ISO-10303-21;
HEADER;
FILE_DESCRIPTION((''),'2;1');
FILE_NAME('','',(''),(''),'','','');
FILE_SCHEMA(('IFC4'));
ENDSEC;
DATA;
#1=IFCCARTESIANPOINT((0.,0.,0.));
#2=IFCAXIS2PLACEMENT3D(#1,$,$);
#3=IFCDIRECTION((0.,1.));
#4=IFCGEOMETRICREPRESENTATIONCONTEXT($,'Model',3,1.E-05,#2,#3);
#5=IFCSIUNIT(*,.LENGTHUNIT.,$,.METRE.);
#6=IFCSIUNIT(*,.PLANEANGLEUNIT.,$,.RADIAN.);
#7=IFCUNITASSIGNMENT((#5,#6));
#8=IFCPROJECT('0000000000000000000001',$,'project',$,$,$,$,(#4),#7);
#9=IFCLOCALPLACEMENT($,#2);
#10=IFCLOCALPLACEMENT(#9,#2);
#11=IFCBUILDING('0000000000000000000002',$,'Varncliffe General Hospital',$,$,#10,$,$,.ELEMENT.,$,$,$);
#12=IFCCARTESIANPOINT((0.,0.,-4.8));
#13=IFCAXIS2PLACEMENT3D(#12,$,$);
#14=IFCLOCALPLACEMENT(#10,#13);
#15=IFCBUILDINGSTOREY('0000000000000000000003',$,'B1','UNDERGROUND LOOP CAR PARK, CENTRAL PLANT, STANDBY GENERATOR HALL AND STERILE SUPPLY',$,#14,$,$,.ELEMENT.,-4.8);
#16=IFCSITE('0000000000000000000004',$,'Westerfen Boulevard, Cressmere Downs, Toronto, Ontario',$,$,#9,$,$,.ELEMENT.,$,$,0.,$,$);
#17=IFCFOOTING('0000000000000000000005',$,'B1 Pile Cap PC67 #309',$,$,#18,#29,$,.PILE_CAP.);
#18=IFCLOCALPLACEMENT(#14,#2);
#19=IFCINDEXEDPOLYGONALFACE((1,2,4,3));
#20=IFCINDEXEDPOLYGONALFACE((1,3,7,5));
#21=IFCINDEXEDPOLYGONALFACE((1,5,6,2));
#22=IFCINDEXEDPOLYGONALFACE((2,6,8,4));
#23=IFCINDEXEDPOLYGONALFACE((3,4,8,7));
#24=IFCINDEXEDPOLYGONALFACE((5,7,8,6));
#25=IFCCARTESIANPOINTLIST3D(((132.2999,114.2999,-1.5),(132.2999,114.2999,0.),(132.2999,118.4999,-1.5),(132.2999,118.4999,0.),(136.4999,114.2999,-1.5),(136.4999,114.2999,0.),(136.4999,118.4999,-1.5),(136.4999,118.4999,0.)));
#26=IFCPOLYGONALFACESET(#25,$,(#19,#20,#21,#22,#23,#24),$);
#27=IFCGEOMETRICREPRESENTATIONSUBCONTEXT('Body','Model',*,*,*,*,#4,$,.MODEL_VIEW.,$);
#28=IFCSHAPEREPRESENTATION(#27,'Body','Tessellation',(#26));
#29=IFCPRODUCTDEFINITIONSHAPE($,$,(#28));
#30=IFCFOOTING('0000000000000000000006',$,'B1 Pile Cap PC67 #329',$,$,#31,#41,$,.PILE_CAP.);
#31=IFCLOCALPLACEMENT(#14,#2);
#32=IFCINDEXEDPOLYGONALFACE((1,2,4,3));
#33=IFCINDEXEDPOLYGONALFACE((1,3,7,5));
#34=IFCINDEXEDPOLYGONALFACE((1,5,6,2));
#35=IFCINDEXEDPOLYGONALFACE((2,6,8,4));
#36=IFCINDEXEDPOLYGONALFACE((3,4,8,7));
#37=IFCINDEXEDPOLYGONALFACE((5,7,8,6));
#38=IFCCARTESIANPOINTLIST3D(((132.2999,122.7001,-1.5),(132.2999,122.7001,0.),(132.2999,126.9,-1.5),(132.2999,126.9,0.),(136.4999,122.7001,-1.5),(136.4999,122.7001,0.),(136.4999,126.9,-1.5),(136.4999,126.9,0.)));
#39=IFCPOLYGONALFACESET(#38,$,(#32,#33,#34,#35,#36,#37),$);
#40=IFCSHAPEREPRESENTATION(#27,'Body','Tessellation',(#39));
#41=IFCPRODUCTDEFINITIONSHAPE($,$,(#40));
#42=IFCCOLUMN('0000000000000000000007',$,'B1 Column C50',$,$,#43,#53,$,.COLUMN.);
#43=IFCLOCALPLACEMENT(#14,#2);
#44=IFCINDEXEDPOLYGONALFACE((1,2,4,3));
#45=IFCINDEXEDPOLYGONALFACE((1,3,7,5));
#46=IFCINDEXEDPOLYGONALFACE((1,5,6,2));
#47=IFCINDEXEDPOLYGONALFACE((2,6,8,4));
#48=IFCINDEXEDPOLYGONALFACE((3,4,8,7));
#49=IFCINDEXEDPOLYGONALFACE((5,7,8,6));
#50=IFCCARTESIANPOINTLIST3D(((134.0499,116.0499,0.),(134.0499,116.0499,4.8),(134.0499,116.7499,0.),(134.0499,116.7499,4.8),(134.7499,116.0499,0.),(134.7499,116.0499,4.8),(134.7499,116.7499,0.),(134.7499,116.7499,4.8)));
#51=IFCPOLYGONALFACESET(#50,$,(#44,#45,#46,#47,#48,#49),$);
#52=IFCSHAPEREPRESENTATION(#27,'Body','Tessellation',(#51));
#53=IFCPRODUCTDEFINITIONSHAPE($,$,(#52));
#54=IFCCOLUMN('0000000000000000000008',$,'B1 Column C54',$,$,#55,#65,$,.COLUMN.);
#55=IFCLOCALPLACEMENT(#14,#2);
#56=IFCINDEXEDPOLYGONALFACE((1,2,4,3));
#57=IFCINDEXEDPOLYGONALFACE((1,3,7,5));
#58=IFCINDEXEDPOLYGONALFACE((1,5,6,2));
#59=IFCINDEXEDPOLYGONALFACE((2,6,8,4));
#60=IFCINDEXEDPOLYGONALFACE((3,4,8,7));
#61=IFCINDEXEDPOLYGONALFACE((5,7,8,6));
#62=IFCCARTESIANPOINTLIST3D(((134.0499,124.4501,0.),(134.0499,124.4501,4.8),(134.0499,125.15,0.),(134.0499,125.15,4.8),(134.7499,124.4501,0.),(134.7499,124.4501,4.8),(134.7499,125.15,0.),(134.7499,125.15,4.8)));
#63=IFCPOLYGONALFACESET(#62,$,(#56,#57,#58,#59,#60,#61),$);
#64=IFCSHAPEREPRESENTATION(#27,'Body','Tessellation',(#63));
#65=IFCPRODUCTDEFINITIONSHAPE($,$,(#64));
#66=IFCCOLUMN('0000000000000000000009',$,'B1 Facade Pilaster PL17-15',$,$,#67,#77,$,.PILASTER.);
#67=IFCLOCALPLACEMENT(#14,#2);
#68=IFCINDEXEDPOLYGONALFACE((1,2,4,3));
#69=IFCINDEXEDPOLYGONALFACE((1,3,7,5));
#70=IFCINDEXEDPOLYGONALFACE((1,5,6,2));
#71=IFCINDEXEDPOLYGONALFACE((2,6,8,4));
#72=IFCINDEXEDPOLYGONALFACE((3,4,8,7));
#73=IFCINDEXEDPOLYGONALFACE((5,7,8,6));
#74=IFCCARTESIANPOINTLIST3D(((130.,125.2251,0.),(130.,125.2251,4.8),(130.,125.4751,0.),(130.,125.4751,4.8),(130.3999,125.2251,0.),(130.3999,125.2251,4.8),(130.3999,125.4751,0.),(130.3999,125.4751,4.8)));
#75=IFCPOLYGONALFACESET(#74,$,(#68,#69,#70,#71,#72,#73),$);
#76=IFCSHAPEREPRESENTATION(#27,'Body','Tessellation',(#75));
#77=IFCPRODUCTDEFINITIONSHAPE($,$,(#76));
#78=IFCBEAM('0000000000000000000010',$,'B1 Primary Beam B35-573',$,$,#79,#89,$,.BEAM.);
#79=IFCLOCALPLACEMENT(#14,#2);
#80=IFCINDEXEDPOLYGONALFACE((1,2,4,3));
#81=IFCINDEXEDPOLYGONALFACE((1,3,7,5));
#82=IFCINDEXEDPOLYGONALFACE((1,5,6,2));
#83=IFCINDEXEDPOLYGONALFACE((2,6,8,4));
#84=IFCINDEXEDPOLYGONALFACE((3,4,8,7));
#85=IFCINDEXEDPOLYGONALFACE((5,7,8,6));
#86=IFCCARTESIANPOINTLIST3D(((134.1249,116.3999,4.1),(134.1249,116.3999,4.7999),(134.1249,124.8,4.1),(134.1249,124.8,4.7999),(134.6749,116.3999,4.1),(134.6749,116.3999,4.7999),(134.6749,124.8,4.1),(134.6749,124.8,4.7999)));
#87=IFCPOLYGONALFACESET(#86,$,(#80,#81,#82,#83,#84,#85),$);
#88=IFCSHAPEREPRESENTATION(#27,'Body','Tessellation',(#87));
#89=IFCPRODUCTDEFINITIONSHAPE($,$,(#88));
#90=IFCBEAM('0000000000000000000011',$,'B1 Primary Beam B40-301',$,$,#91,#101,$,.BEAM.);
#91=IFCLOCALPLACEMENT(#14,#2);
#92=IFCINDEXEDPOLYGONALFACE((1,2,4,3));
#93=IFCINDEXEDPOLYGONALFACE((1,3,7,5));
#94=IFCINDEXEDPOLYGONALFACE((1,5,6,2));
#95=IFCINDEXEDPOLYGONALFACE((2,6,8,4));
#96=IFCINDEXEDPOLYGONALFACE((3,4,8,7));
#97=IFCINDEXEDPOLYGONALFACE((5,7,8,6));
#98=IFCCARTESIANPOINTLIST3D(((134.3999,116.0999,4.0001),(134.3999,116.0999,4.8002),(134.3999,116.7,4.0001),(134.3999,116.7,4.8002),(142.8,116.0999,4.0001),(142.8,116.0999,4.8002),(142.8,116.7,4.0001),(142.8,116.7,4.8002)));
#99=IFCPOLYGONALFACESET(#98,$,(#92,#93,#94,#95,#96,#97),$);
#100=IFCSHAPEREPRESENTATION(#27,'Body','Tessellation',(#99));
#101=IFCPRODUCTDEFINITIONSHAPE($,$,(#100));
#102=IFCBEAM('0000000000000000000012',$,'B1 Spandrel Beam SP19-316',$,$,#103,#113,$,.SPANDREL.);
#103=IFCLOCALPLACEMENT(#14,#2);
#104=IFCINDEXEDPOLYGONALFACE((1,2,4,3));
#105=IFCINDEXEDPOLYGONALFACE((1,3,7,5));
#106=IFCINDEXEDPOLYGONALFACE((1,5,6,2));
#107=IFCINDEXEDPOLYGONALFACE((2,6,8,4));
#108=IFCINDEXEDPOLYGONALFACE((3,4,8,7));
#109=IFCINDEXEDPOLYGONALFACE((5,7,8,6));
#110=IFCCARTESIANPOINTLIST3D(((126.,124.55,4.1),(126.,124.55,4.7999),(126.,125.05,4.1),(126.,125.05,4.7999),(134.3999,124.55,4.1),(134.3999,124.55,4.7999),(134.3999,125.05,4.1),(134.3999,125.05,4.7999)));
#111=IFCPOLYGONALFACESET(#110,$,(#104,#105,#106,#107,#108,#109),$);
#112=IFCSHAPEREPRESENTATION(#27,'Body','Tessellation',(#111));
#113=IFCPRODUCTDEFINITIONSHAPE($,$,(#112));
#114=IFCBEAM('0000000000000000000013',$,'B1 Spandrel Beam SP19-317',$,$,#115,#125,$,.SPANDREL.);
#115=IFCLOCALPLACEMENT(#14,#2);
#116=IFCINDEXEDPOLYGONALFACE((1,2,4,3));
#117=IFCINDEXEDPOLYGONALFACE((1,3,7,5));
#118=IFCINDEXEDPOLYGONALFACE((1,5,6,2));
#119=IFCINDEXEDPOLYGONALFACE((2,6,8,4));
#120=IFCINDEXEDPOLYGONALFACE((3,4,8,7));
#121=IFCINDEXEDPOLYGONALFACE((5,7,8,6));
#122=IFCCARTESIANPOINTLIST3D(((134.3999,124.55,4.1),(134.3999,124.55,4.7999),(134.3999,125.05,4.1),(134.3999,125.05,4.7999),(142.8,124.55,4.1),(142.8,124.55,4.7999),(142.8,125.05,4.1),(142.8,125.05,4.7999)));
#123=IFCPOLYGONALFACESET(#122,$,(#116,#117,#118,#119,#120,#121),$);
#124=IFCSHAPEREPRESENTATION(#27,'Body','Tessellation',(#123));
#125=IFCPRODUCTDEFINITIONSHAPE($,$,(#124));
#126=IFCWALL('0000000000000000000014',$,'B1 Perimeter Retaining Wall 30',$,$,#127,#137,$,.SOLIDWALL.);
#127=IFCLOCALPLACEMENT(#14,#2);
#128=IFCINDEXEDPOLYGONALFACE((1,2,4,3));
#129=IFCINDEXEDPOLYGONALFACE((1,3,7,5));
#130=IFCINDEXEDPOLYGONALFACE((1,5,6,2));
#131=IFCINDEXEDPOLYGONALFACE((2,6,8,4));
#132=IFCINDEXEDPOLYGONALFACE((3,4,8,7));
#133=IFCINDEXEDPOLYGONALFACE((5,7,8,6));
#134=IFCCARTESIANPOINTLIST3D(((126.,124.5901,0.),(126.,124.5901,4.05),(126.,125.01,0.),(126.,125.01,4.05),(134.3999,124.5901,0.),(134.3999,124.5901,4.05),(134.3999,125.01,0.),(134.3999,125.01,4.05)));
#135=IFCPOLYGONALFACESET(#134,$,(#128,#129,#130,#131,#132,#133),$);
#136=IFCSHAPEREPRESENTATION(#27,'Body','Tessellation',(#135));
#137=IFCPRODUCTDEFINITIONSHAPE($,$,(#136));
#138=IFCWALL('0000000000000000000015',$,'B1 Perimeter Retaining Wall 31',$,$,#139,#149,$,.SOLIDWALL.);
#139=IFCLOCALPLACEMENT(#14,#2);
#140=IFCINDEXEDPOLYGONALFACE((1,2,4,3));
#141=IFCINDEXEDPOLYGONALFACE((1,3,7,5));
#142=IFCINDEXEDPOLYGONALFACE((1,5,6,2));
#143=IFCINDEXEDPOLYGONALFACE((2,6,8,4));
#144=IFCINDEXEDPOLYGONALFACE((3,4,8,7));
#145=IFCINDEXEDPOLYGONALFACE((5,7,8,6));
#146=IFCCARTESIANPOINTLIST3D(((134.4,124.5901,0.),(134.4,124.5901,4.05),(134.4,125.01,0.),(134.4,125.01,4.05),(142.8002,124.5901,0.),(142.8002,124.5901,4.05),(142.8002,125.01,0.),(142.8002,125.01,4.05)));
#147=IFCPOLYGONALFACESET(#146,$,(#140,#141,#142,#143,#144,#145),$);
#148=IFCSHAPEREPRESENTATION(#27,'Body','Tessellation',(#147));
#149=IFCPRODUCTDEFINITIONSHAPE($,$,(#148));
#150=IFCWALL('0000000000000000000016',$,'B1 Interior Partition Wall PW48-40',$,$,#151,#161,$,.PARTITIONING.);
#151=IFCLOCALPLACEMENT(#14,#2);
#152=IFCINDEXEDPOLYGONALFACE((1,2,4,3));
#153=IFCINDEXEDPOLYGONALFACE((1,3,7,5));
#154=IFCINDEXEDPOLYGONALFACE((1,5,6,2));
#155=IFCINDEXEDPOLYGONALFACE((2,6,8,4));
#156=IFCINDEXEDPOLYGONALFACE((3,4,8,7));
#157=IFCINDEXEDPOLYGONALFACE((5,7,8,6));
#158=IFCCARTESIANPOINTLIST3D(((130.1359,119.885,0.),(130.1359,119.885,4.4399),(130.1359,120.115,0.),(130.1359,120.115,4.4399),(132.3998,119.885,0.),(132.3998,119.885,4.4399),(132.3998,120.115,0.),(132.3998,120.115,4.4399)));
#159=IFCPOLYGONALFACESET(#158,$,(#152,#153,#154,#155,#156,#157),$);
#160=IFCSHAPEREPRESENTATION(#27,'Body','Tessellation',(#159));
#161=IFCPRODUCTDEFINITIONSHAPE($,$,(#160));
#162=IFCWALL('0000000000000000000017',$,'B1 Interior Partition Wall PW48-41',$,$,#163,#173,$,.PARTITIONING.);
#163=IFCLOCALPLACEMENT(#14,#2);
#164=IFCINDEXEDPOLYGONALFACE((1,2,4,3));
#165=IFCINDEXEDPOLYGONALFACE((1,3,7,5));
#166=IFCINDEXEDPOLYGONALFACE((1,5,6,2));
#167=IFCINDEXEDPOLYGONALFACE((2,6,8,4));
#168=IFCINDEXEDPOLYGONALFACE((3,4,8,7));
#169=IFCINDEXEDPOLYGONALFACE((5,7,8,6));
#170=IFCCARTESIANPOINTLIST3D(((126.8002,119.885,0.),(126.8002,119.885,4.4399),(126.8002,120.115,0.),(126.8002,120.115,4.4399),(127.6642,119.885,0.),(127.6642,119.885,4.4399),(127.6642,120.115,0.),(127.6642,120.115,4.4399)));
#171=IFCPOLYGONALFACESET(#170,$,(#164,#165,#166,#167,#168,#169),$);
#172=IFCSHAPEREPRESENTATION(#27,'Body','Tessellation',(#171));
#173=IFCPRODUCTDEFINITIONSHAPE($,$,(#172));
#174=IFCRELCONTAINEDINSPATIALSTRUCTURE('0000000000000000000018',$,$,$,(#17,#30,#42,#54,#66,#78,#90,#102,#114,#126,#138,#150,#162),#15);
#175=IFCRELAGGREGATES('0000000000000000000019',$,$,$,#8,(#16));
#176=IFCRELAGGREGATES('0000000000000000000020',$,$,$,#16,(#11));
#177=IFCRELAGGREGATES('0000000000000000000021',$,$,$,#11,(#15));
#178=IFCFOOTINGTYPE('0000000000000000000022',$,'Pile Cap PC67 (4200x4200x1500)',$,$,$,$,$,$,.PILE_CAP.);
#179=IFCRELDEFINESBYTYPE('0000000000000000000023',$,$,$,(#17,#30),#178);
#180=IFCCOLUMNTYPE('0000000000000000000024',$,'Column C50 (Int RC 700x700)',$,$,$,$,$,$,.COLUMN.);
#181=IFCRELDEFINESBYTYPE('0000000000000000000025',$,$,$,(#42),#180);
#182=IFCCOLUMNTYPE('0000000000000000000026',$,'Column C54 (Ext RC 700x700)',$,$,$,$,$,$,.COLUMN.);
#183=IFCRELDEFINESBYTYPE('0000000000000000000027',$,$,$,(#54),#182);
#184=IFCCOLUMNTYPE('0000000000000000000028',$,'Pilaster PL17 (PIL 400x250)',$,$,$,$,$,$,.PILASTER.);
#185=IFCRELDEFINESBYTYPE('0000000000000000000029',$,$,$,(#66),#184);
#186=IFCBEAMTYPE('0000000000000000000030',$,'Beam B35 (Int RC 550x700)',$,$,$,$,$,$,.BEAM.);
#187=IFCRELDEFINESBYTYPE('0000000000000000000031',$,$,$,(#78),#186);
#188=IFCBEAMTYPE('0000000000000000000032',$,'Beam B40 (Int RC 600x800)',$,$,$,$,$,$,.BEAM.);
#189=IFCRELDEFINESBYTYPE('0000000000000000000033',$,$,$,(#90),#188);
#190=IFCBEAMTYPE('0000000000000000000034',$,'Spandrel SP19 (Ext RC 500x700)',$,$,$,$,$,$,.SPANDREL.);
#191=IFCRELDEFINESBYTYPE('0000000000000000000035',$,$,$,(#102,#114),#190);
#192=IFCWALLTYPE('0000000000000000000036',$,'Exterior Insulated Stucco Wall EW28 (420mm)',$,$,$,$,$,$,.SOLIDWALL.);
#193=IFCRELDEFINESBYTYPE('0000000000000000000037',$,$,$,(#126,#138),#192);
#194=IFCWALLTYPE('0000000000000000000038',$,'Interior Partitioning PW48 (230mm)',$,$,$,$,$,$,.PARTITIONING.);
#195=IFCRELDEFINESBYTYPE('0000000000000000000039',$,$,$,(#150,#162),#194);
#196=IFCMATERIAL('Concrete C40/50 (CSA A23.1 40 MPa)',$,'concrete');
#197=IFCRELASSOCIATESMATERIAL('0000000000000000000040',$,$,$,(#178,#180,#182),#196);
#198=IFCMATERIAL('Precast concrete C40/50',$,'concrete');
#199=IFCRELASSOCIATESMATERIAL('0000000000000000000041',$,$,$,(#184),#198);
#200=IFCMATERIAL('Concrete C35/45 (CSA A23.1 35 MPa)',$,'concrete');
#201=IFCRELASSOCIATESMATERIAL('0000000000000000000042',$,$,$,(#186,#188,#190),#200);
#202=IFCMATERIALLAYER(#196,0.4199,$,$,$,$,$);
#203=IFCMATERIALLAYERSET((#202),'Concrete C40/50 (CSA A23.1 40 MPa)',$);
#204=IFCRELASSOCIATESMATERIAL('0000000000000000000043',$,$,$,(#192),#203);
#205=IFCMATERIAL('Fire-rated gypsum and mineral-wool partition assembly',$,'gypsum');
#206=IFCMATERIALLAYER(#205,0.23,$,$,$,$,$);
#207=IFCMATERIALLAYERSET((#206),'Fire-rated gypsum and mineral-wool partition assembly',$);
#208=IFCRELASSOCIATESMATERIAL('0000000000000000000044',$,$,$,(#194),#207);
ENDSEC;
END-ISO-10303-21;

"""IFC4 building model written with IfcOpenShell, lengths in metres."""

from ifc_helpers import new_model, si_unit, direction, frame, frame_2d, origin, origin_2d, place, context, subcontext, project, spatial, rectangle, extrude, material, layer, layer_set, material_profile, profile_set, type_object, element, save


model = new_model("IFC4")

# Units and contexts
model_context = context("Model", 3, precision=1e-05, world=origin(), true_north=direction((0.0, 1.0)))
body_context = subcontext(model_context, "Body", "Model", "MODEL_VIEW")
ifc_project = project(units=[si_unit("LENGTHUNIT", "METRE"), si_unit("PLANEANGLEUNIT", "RADIAN")], contexts=[model_context])

# Site, building, storey
site_placement = place(None, origin())
site = spatial("IfcSite", under=ifc_project, at=site_placement, Name="Westerfen Boulevard, Cressmere Downs, Toronto, Ontario", CompositionType="ELEMENT", RefElevation=0.0)
building_placement = place(site_placement, origin())
building = spatial("IfcBuilding", under=site, at=building_placement, Name="Varncliffe General Hospital", CompositionType="ELEMENT")
storey_placement = place(building_placement, frame((0.0, 0.0, -4.8)))
storey = spatial("IfcBuildingStorey", under=building, at=storey_placement, Name="B1", Description="UNDERGROUND LOOP CAR PARK, CENTRAL PLANT, STANDBY GENERATOR HALL AND STERILE SUPPLY", CompositionType="ELEMENT", Elevation=-4.8)

# Shared definitions
ifc_material_1 = material(Name="Concrete C40/50 (CSA A23.1 40 MPa)", Category="concrete")

# Footings
footing_type_1 = type_object("IfcFootingType", Name="Pile Cap PC67 (4200x4200x1500)", PredefinedType="PILE_CAP", material=ifc_material_1)
for number, where, z_axis, x_axis, name in (
    (1, (134.3999, 116.3999, -1.5), (0.0, 0.0, 1.0), (1.0, 0.0, 0.0), "B1 Pile Cap PC67 #309"),
    (2, (134.3999, 124.8, -1.5), (0.0, 0.0, 1.0), (1.0, 0.0, 0.0), "B1 Pile Cap PC67 #329"),
):
    element("IfcFooting", number, at=place(storey_placement, frame(where, z_axis=z_axis, x_axis=x_axis)), inside=storey, type_object=footing_type_1, Name=name, PredefinedType="PILE_CAP", context=body_context, shape_type="SweptSolid", body=[
        extrude(rectangle(XDim=4.2, YDim=4.2, at=origin_2d()), origin(), (0.0, 0.0, 1.0), 1.5),
    ])

# Columns
ifc_material_profile_1 = material_profile(ifc_material_1, rectangle(XDim=0.7, YDim=0.7, at=origin_2d()), Name="RC 700x700")
ifc_profile_set_1 = profile_set([ifc_material_profile_1], Name="Concrete C40/50 (CSA A23.1 40 MPa)")
column_type_1 = type_object("IfcColumnType", Name="Column C50 (Int RC 700x700)", PredefinedType="COLUMN", material=ifc_profile_set_1)
column_1_placement = place(storey_placement, frame((134.3999, 116.3999, 0.0), z_axis=(0.0, 0.0, 1.0), x_axis=(1.0, 0.0, 0.0)))
element("IfcColumn", 3, at=column_1_placement, inside=storey, type_object=column_type_1, Name="B1 Column C50", PredefinedType="COLUMN", context=body_context, shape_type="SweptSolid", body=[
    extrude(rectangle(XDim=0.7, YDim=0.7, at=origin_2d()), origin(), (0.0, 0.0, 1.0), 4.8),
])
ifc_material_profile_2 = material_profile(ifc_material_1, rectangle(XDim=0.7, YDim=0.7, at=origin_2d()), Name="RC 700x700")
ifc_profile_set_2 = profile_set([ifc_material_profile_2], Name="Concrete C40/50 (CSA A23.1 40 MPa)")
column_type_2 = type_object("IfcColumnType", Name="Column C54 (Ext RC 700x700)", PredefinedType="COLUMN", material=ifc_profile_set_2)
column_2_placement = place(storey_placement, frame((134.3999, 124.8, 0.0), z_axis=(0.0, 0.0, 1.0), x_axis=(1.0, 0.0, 0.0)))
element("IfcColumn", 4, at=column_2_placement, inside=storey, type_object=column_type_2, Name="B1 Column C54", PredefinedType="COLUMN", context=body_context, shape_type="SweptSolid", body=[
    extrude(rectangle(XDim=0.7, YDim=0.7, at=origin_2d()), origin(), (0.0, 0.0, 1.0), 4.8),
])
ifc_material_2 = material(Name="Precast concrete C40/50", Category="concrete")
ifc_material_profile_3 = material_profile(ifc_material_2, rectangle(XDim=0.3999, YDim=0.25, at=origin_2d()), Name="PIL 400x250")
ifc_profile_set_3 = profile_set([ifc_material_profile_3], Name="Precast concrete C40/50")
column_type_3 = type_object("IfcColumnType", Name="Pilaster PL17 (PIL 400x250)", PredefinedType="PILASTER", material=ifc_profile_set_3)
column_3_placement = place(storey_placement, frame((130.2, 125.3501, 0.0), z_axis=(0.0, 0.0, 1.0), x_axis=(1.0, 0.0, 0.0)))
element("IfcColumn", 5, at=column_3_placement, inside=storey, type_object=column_type_3, Name="B1 Facade Pilaster PL17-15", PredefinedType="PILASTER", context=body_context, shape_type="SweptSolid", body=[
    extrude(rectangle(XDim=0.3999, YDim=0.25, at=origin_2d()), origin(), (0.0, 0.0, 1.0), 4.8),
])

# Beams
ifc_material_3 = material(Name="Concrete C35/45 (CSA A23.1 35 MPa)", Category="concrete")
ifc_material_profile_4 = material_profile(ifc_material_3, rectangle(XDim=0.55, YDim=0.7, at=origin_2d()), Name="RC 550x700")
ifc_profile_set_4 = profile_set([ifc_material_profile_4], Name="Concrete C35/45 (CSA A23.1 35 MPa)")
beam_type_1 = type_object("IfcBeamType", Name="Beam B35 (Int RC 550x700)", PredefinedType="BEAM", material=ifc_profile_set_4)
beam_1_placement = place(storey_placement, frame((134.3999, 116.3999, 4.45), z_axis=(0.0, 1.0, 0.0), x_axis=(-1.0, 0.0, 0.0)))
element("IfcBeam", 6, at=beam_1_placement, inside=storey, type_object=beam_type_1, Name="B1 Primary Beam B35-573", PredefinedType="BEAM", context=body_context, shape_type="SweptSolid", body=[
    extrude(rectangle(XDim=0.55, YDim=0.7, at=origin_2d()), origin(), (0.0, 0.0, 1.0), 8.4001),
])
ifc_material_profile_5 = material_profile(ifc_material_3, rectangle(XDim=0.6001, YDim=0.8, at=origin_2d()), Name="RC 600x800")
ifc_profile_set_5 = profile_set([ifc_material_profile_5], Name="Concrete C35/45 (CSA A23.1 35 MPa)")
beam_type_2 = type_object("IfcBeamType", Name="Beam B40 (Int RC 600x800)", PredefinedType="BEAM", material=ifc_profile_set_5)
beam_2_placement = place(storey_placement, frame((134.3999, 116.3999, 4.4001), z_axis=(1.0, 0.0, 0.0), x_axis=(0.0, 1.0, 0.0)))
element("IfcBeam", 7, at=beam_2_placement, inside=storey, type_object=beam_type_2, Name="B1 Primary Beam B40-301", PredefinedType="BEAM", context=body_context, shape_type="SweptSolid", body=[
    extrude(rectangle(XDim=0.6001, YDim=0.8, at=origin_2d()), origin(), (0.0, 0.0, 1.0), 8.4001),
])
ifc_material_profile_6 = material_profile(ifc_material_3, rectangle(XDim=0.5, YDim=0.7, at=origin_2d()), Name="RC 500x700")
ifc_profile_set_6 = profile_set([ifc_material_profile_6], Name="Concrete C35/45 (CSA A23.1 35 MPa)")
beam_type_3 = type_object("IfcBeamType", Name="Spandrel SP19 (Ext RC 500x700)", PredefinedType="SPANDREL", material=ifc_profile_set_6)
beam_3_placement = place(storey_placement, frame((126.0, 124.8, 4.45), z_axis=(1.0, 0.0, 0.0), x_axis=(0.0, 1.0, 0.0)))
element("IfcBeam", 8, at=beam_3_placement, inside=storey, type_object=beam_type_3, Name="B1 Spandrel Beam SP19-316", PredefinedType="SPANDREL", context=body_context, shape_type="SweptSolid", body=[
    extrude(rectangle(XDim=0.5, YDim=0.7, at=origin_2d()), origin(), (0.0, 0.0, 1.0), 8.3999),
])
beam_4_placement = place(storey_placement, frame((134.3999, 124.8, 4.45), z_axis=(1.0, 0.0, 0.0), x_axis=(0.0, 1.0, 0.0)))
element("IfcBeam", 9, at=beam_4_placement, inside=storey, type_object=beam_type_3, Name="B1 Spandrel Beam SP19-317", PredefinedType="SPANDREL", context=body_context, shape_type="SweptSolid", body=[
    extrude(rectangle(XDim=0.5, YDim=0.7, at=origin_2d()), origin(), (0.0, 0.0, 1.0), 8.4001),
])

# Walls
ifc_layer_1 = layer(ifc_material_1, 0.4199)
ifc_layer_set_1 = layer_set([ifc_layer_1], Name="Concrete C40/50 (CSA A23.1 40 MPa)")
wall_type_1 = type_object("IfcWallType", Name="Exterior Insulated Stucco Wall EW28 (420mm)", PredefinedType="SOLIDWALL", material=ifc_layer_set_1)
wall_1_placement = place(storey_placement, frame((126.0, 124.8, 0.0), z_axis=(0.0, 0.0, 1.0), x_axis=(1.0, 0.0, 0.0)))
element("IfcWall", 10, at=wall_1_placement, inside=storey, type_object=wall_type_1, Name="B1 Perimeter Retaining Wall 30", PredefinedType="SOLIDWALL", context=body_context, shape_type="SweptSolid", body=[
    extrude(rectangle(XDim=8.3999, YDim=0.4199, at=frame_2d((4.2, 0.0))), origin(), (0.0, 0.0, 1.0), 4.05),
])
wall_2_placement = place(storey_placement, frame((134.3999, 124.8, 0.0), z_axis=(0.0, 0.0, 1.0), x_axis=(1.0, 0.0, 0.0)))
element("IfcWall", 11, at=wall_2_placement, inside=storey, type_object=wall_type_1, Name="B1 Perimeter Retaining Wall 31", PredefinedType="SOLIDWALL", context=body_context, shape_type="SweptSolid", body=[
    extrude(rectangle(XDim=8.4001, YDim=0.4199, at=frame_2d((4.2002, 0.0))), origin(), (0.0, 0.0, 1.0), 4.05),
])
ifc_material_4 = material(Name="Fire-rated gypsum and mineral-wool partition assembly", Category="gypsum")
ifc_layer_2 = layer(ifc_material_4, 0.23)
ifc_layer_set_2 = layer_set([ifc_layer_2], Name="Fire-rated gypsum and mineral-wool partition assembly")
wall_type_2 = type_object("IfcWallType", Name="Interior Partitioning PW48 (230mm)", PredefinedType="PARTITIONING", material=ifc_layer_set_2)
wall_3_placement = place(storey_placement, frame((130.136, 120.0, 0.0), z_axis=(0.0, 0.0, 1.0), x_axis=(1.0, 0.0, 0.0)))
element("IfcWall", 12, at=wall_3_placement, inside=storey, type_object=wall_type_2, Name="B1 Interior Partition Wall PW48-40", PredefinedType="PARTITIONING", context=body_context, shape_type="SweptSolid", body=[
    extrude(rectangle(XDim=2.2639, YDim=0.23, at=frame_2d((1.1318, 0.0))), origin(), (0.0, 0.0, 1.0), 4.4399),
])
wall_4_placement = place(storey_placement, frame((126.8, 120.0, 0.0), z_axis=(0.0, 0.0, 1.0), x_axis=(1.0, 0.0, 0.0)))
element("IfcWall", 13, at=wall_4_placement, inside=storey, type_object=wall_type_2, Name="B1 Interior Partition Wall PW48-41", PredefinedType="PARTITIONING", context=body_context, shape_type="SweptSolid", body=[
    extrude(rectangle(XDim=0.864, YDim=0.23, at=frame_2d((0.4321, 0.0))), origin(), (0.0, 0.0, 1.0), 4.4399),
])

save(model, "model.ifc")
